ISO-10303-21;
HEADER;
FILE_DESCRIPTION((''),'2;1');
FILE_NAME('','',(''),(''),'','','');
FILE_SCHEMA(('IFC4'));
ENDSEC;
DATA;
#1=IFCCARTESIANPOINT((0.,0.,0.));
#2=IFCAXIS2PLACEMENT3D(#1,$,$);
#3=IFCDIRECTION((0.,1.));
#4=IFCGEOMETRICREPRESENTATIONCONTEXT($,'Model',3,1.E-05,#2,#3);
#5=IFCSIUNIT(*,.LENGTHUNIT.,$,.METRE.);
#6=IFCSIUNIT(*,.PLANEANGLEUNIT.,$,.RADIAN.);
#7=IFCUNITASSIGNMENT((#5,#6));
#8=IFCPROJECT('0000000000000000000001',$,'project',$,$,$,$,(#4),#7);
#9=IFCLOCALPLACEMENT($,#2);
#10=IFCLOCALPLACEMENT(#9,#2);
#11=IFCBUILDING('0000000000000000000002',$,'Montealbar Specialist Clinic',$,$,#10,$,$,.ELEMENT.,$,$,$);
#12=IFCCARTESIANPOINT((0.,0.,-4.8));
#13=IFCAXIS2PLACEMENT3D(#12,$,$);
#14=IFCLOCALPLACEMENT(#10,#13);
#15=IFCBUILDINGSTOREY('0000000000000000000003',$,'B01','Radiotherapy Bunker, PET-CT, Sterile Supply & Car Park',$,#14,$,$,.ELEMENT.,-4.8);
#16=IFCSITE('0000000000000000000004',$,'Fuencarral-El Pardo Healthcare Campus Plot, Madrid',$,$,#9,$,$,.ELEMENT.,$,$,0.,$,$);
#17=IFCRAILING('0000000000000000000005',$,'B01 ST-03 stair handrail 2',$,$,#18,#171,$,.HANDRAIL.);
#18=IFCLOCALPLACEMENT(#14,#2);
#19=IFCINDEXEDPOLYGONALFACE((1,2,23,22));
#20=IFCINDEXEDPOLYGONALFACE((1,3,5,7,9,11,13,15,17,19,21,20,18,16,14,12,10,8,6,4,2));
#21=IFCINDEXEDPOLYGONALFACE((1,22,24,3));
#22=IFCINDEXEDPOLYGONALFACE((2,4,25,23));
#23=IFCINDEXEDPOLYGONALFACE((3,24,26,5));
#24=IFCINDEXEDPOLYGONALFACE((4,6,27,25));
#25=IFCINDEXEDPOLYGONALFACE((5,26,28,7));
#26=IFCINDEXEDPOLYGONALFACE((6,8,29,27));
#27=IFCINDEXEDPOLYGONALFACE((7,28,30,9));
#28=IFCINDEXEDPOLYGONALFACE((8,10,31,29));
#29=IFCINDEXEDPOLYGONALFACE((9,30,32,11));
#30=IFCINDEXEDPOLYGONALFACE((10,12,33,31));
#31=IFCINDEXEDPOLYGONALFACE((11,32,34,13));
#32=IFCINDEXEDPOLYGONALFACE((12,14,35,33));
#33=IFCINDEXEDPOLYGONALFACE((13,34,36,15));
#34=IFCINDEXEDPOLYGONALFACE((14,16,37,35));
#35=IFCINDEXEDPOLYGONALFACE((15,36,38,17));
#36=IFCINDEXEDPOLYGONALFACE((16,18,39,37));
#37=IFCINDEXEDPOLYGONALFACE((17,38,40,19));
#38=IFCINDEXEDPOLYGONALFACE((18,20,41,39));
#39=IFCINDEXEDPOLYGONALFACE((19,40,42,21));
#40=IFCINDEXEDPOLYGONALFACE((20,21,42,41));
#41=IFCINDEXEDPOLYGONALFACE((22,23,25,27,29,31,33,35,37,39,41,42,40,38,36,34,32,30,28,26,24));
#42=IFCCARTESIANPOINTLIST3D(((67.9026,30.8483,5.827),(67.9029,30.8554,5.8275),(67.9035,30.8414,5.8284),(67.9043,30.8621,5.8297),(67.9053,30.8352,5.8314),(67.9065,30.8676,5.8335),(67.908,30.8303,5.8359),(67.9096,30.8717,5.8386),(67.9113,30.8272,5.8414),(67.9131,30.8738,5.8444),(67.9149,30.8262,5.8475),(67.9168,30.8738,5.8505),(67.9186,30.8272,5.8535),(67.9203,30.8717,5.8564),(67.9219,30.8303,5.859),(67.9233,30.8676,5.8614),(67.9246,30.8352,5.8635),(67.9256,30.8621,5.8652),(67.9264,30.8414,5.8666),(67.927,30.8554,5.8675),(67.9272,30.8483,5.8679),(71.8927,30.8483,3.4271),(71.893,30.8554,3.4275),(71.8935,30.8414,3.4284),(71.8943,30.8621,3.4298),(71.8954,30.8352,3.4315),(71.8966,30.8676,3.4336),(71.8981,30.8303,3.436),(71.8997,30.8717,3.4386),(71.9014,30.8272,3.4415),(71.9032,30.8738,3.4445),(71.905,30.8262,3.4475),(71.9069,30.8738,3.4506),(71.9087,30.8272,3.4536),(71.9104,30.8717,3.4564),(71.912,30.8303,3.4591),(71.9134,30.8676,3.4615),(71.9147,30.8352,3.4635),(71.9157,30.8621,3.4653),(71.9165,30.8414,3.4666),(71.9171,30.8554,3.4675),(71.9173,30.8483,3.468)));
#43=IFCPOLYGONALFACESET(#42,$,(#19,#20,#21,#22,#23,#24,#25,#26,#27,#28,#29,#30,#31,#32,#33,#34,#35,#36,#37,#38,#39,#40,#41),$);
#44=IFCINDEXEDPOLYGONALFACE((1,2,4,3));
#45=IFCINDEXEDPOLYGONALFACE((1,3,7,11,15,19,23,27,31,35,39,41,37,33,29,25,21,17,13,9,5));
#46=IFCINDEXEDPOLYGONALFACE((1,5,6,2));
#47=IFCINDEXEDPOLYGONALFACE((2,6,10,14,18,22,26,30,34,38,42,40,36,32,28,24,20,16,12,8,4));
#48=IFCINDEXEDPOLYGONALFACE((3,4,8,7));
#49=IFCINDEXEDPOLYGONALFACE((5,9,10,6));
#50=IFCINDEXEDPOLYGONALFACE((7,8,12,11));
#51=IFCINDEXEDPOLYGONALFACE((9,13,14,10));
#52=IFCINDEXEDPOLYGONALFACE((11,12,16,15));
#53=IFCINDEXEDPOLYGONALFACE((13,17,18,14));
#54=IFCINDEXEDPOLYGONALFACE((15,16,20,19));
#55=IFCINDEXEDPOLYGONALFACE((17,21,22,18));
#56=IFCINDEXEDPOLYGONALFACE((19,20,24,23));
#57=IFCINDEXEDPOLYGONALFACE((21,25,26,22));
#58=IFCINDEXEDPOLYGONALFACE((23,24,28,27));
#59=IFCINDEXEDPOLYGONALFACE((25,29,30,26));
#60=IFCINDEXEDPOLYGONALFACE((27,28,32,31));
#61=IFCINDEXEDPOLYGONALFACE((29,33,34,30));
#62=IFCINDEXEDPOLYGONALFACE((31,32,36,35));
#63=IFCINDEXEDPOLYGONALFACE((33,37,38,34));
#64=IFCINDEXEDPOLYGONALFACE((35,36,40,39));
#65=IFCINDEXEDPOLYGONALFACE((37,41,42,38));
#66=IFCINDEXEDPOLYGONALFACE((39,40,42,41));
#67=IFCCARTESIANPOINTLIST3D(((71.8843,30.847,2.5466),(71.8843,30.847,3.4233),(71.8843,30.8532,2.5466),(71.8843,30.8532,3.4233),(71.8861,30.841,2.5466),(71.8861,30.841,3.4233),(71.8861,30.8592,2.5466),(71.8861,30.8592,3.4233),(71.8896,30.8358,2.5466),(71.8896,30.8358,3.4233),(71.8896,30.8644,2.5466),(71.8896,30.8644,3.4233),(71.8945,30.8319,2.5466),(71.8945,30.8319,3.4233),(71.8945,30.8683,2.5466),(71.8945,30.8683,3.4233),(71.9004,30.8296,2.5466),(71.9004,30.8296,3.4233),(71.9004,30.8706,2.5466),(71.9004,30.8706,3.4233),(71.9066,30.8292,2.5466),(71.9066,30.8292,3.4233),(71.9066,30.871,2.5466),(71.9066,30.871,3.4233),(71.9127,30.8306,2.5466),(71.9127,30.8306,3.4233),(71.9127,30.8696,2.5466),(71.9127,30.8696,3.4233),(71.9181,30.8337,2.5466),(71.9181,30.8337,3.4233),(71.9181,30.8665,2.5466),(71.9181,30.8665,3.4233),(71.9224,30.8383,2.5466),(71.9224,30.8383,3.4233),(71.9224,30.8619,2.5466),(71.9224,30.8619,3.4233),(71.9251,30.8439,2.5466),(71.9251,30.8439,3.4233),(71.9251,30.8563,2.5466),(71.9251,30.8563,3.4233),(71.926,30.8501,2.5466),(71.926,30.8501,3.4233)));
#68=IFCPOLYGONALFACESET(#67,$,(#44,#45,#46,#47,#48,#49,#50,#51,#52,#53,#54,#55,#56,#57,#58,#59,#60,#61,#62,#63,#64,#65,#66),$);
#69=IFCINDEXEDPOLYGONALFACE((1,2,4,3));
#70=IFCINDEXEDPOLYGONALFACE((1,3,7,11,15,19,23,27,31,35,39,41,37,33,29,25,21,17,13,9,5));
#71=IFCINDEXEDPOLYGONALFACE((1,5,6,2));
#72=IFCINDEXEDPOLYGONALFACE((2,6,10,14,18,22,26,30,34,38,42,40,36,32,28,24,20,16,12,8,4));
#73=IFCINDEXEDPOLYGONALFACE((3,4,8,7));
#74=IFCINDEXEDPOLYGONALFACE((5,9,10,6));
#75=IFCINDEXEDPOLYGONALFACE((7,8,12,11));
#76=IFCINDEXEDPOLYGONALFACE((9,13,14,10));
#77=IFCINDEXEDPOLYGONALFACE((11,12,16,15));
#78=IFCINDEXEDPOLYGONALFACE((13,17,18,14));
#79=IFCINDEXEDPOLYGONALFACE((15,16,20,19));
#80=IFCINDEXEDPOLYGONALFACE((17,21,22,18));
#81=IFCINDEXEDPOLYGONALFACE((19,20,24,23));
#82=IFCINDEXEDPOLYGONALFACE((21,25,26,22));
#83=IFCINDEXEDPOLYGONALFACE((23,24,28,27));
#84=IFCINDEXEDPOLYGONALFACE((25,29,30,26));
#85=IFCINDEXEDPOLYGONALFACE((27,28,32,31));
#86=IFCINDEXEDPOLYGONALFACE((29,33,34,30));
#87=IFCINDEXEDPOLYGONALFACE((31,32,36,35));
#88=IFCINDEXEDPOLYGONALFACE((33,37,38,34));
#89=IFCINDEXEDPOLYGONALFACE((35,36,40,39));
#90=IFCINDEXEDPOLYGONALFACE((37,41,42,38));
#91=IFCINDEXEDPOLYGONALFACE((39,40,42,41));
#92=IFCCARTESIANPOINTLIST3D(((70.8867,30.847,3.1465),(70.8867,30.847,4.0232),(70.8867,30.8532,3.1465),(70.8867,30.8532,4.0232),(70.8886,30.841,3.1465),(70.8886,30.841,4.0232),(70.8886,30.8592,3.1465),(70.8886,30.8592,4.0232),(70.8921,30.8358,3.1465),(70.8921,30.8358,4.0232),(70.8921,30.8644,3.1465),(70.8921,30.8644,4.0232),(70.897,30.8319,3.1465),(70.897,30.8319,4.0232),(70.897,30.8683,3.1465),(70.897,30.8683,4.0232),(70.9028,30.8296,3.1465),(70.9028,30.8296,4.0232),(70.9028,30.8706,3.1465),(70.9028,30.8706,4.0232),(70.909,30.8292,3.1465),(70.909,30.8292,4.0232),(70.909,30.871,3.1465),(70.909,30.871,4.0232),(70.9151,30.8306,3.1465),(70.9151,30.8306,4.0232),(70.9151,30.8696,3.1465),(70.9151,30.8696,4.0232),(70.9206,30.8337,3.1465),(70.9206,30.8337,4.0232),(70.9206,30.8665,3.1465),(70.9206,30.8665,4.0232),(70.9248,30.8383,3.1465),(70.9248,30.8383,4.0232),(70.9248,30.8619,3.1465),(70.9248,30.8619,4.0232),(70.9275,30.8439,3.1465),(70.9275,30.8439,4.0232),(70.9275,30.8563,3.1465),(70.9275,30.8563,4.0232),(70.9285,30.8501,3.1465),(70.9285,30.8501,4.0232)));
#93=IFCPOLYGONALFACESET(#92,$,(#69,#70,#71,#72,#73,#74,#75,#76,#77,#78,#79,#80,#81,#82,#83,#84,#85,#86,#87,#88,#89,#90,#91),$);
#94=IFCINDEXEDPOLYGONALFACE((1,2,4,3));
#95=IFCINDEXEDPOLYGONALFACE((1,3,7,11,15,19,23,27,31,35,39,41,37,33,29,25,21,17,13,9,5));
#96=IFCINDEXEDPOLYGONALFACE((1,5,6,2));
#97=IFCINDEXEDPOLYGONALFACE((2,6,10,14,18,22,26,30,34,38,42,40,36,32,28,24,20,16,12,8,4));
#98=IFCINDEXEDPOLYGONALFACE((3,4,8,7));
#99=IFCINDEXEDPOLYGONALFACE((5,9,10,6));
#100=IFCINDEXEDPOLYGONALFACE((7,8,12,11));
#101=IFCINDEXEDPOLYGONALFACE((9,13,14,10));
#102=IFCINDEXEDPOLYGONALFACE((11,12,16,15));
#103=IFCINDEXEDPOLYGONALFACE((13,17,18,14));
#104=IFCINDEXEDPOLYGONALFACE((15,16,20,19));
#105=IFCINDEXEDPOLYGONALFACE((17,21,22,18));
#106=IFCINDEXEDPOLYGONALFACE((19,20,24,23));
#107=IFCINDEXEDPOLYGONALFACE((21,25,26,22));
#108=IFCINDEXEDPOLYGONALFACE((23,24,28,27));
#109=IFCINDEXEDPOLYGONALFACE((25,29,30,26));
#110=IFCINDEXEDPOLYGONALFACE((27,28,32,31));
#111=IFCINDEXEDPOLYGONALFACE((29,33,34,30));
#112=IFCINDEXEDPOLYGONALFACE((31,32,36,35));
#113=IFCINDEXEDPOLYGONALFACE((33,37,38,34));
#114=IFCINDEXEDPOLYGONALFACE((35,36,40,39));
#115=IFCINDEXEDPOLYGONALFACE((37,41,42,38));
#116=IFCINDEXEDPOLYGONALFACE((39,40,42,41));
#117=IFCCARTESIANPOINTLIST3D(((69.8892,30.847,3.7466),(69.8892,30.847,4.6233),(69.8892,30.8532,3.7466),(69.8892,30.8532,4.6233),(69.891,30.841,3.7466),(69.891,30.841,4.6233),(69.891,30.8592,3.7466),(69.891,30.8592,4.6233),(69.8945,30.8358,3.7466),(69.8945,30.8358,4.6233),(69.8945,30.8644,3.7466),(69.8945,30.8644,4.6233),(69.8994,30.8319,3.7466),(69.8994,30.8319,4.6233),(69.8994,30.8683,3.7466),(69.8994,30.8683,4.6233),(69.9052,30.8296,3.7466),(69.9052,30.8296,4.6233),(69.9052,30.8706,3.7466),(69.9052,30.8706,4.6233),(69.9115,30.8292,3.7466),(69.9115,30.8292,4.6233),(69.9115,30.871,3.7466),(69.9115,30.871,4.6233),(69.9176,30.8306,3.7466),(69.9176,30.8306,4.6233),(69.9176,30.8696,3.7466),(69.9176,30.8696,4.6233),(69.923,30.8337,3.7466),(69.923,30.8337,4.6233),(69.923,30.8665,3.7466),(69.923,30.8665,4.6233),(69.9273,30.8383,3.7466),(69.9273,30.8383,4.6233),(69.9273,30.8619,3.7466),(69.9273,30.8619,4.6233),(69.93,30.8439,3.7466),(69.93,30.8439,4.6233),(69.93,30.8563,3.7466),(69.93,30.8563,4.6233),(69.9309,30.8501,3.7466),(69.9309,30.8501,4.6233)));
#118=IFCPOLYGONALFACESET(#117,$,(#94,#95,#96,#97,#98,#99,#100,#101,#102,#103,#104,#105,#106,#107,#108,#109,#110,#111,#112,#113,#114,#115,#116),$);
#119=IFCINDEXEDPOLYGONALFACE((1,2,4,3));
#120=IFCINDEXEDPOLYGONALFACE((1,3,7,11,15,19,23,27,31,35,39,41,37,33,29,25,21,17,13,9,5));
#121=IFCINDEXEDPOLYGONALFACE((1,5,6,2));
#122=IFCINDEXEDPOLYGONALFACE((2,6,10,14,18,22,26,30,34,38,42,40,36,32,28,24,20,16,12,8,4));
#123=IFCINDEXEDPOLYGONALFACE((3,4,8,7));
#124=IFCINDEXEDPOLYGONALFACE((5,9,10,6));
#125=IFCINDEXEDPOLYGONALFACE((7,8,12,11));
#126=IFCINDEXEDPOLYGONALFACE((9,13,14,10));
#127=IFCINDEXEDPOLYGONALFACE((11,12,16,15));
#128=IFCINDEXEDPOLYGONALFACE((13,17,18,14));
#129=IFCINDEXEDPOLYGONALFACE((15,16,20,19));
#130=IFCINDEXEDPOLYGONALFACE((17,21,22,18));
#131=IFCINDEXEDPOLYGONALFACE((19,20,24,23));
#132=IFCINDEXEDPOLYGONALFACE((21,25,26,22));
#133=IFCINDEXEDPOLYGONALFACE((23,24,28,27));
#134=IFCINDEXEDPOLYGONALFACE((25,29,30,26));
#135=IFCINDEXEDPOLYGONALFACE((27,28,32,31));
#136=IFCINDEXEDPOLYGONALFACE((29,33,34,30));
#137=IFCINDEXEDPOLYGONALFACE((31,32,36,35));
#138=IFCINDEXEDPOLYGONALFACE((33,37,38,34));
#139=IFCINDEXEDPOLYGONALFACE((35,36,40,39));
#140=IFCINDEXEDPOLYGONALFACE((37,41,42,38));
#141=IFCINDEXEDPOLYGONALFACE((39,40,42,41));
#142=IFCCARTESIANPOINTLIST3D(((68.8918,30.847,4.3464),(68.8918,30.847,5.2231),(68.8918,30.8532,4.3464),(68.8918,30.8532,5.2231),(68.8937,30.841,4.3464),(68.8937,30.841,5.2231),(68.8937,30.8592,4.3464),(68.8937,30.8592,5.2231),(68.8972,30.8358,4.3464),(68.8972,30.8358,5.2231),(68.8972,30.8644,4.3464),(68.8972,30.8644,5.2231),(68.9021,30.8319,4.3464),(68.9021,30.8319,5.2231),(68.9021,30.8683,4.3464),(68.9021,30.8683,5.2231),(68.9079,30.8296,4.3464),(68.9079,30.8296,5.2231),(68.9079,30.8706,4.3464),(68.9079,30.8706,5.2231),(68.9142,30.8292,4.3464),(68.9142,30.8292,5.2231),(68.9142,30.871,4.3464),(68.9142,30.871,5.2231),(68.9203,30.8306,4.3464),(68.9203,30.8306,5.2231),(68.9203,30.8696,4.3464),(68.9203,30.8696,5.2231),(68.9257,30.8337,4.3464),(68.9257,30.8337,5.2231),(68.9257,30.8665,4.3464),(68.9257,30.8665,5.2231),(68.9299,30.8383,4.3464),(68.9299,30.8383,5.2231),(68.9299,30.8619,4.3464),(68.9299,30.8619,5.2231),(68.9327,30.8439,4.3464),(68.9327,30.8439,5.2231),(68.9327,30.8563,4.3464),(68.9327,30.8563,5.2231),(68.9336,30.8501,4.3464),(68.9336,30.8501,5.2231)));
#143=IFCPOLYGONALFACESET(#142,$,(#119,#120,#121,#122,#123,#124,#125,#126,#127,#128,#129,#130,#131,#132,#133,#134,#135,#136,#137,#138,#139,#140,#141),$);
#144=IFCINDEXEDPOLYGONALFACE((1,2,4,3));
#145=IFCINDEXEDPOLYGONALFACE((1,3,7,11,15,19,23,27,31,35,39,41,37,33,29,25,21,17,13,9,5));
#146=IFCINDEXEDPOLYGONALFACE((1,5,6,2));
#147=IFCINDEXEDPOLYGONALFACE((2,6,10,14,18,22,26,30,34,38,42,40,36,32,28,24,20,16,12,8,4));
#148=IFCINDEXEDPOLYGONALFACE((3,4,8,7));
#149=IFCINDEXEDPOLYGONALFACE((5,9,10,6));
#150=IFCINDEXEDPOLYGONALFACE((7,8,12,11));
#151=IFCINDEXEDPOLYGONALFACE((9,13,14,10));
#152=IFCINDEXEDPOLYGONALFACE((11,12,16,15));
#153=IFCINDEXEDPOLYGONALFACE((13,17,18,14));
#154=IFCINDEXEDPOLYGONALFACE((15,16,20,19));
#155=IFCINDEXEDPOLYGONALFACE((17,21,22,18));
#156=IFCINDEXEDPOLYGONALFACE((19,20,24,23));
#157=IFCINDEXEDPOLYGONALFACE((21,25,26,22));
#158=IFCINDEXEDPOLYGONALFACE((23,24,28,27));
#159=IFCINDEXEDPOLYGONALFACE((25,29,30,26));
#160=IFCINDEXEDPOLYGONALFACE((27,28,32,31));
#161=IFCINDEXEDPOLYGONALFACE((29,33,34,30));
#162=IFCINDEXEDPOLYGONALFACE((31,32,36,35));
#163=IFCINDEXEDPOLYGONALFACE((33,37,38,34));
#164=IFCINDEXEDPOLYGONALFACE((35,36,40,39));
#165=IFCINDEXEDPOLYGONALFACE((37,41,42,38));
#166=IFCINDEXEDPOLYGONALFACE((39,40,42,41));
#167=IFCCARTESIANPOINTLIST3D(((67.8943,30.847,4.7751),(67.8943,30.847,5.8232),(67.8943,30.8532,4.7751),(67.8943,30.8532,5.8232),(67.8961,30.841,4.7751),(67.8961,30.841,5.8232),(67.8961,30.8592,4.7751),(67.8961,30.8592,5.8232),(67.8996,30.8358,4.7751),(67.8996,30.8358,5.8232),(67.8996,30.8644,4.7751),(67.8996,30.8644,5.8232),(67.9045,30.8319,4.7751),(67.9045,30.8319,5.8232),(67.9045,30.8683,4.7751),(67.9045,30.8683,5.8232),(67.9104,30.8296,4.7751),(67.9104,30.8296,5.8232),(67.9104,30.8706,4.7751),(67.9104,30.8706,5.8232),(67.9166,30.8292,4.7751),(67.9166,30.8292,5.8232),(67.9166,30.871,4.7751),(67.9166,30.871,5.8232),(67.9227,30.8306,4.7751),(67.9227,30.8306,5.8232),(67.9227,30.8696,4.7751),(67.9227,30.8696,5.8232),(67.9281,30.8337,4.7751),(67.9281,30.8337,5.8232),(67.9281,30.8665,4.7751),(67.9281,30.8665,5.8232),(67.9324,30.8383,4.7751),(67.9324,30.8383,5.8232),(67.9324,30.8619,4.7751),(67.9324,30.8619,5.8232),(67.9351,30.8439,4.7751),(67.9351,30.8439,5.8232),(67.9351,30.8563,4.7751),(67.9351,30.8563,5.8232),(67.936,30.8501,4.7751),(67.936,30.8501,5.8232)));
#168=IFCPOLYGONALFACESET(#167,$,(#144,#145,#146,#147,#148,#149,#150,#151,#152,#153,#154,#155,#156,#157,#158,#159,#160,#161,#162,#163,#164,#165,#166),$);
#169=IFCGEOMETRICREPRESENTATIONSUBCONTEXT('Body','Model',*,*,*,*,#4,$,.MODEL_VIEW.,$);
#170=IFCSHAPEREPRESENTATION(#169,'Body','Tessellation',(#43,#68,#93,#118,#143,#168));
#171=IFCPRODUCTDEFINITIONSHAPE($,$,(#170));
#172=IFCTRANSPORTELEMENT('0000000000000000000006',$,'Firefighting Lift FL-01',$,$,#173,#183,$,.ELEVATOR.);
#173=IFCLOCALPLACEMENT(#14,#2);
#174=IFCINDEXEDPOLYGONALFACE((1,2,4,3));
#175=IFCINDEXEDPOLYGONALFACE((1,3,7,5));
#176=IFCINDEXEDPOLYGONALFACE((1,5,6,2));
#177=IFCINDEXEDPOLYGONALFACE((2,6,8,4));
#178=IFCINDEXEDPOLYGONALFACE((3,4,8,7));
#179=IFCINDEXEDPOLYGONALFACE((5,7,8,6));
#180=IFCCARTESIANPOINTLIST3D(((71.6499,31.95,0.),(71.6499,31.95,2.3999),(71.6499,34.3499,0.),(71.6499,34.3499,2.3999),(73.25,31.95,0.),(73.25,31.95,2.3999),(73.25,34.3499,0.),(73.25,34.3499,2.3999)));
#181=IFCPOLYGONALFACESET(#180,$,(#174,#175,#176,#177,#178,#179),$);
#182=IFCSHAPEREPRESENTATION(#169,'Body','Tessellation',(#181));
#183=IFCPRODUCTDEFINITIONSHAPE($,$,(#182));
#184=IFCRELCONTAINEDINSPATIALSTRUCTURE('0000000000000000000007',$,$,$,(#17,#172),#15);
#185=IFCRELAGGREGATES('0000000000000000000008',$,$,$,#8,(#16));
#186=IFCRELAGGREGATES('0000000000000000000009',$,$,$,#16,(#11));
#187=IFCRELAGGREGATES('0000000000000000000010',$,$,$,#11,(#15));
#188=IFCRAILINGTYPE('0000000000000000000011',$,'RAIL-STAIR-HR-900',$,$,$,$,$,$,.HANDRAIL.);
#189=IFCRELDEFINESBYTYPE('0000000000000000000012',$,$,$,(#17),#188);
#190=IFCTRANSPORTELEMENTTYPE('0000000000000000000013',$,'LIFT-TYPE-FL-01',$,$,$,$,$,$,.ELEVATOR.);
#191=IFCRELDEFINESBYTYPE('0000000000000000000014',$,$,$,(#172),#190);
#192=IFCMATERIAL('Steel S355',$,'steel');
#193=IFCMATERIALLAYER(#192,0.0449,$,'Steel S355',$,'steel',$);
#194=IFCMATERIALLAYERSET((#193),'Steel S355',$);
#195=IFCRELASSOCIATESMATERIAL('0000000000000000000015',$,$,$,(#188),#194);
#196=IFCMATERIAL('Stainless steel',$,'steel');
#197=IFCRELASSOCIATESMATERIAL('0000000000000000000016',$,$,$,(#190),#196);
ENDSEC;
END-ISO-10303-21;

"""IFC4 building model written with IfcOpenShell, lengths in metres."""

from ifc_helpers import new_model, si_unit, direction, frame, origin, origin_2d, place, context, subcontext, project, spatial, rectangle, circle, extrude, material, layer, layer_set, type_object, element, save


model = new_model("IFC4")

# Units and contexts
model_context = context("Model", 3, precision=1e-05, world=origin(), true_north=direction((0.0, 1.0)))
body_context = subcontext(model_context, "Body", "Model", "MODEL_VIEW")
ifc_project = project(units=[si_unit("LENGTHUNIT", "METRE"), si_unit("PLANEANGLEUNIT", "RADIAN")], contexts=[model_context])

# Site, building, storey
site_placement = place(None, origin())
site = spatial("IfcSite", under=ifc_project, at=site_placement, Name="Fuencarral-El Pardo Healthcare Campus Plot, Madrid", CompositionType="ELEMENT", RefElevation=0.0)
building_placement = place(site_placement, origin())
building = spatial("IfcBuilding", under=site, at=building_placement, Name="Montealbar Specialist Clinic", CompositionType="ELEMENT")
storey_placement = place(building_placement, frame((0.0, 0.0, -4.8)))
storey = spatial("IfcBuildingStorey", under=building, at=storey_placement, Name="B01", Description="Radiotherapy Bunker, PET-CT, Sterile Supply & Car Park", CompositionType="ELEMENT", Elevation=-4.8)

# Shared definitions
ifc_material_1 = material(Name="Steel S355", Category="steel")

# Railing
ifc_layer_1 = layer(ifc_material_1, 0.0449, Name="Steel S355", Category="steel")
ifc_layer_set_1 = layer_set([ifc_layer_1], Name="Steel S355")
railing_type_1 = type_object("IfcRailingType", Name="RAIL-STAIR-HR-900", PredefinedType="HANDRAIL", material=ifc_layer_set_1)
railing_1_placement = place(storey_placement, frame((71.905, 30.8501, 2.5715)))
element("IfcRailing", 1, at=railing_1_placement, inside=storey, type_object=railing_type_1, Name="B01 ST-03 stair handrail 2", PredefinedType="HANDRAIL", context=body_context, shape_type="SweptSolid", body=[
    extrude(circle(Radius=0.0239, at=origin_2d()), frame((0.0, 0.0, 0.876), z_axis=(-0.856933, 0.0, 0.515428), x_axis=(0.0, -1.0, 0.0)), (0.0, 0.0, 1.0), 4.6562),
    extrude(circle(Radius=0.021, at=origin_2d()), frame((0.0, 0.0, -0.0249)), (0.0, 0.0, 1.0), 0.8767),
    extrude(circle(Radius=0.021, at=origin_2d()), frame((-0.9976, 0.0, 0.575)), (0.0, 0.0, 1.0), 0.8767),
    extrude(circle(Radius=0.021, at=origin_2d()), frame((-1.9951, 0.0, 1.175)), (0.0, 0.0, 1.0), 0.8767),
    extrude(circle(Radius=0.021, at=origin_2d()), frame((-2.9924, 0.0, 1.7749)), (0.0, 0.0, 1.0), 0.8767),
    extrude(circle(Radius=0.021, at=origin_2d()), frame((-3.99, 0.0, 2.2036)), (0.0, 0.0, 1.0), 1.0481),
])

# Transport element
ifc_material_2 = material(Name="Stainless steel", Category="steel")
transport_element_type = type_object("IfcTransportElementType", Name="LIFT-TYPE-FL-01", PredefinedType="ELEVATOR", material=ifc_material_2)
transport_element_placement = place(storey_placement, frame((72.45, 33.1499, 0.0), z_axis=(0.0, 0.0, 1.0), x_axis=(1.0, 0.0, 0.0)))
element("IfcTransportElement", 2, at=transport_element_placement, inside=storey, type_object=transport_element_type, Name="Firefighting Lift FL-01", PredefinedType="ELEVATOR", context=body_context, shape_type="SweptSolid", body=[
    extrude(rectangle(XDim=1.6001, YDim=2.3999, at=origin_2d()), origin(), (0.0, 0.0, 1.0), 2.3999),
])

save(model, "model.ifc")
